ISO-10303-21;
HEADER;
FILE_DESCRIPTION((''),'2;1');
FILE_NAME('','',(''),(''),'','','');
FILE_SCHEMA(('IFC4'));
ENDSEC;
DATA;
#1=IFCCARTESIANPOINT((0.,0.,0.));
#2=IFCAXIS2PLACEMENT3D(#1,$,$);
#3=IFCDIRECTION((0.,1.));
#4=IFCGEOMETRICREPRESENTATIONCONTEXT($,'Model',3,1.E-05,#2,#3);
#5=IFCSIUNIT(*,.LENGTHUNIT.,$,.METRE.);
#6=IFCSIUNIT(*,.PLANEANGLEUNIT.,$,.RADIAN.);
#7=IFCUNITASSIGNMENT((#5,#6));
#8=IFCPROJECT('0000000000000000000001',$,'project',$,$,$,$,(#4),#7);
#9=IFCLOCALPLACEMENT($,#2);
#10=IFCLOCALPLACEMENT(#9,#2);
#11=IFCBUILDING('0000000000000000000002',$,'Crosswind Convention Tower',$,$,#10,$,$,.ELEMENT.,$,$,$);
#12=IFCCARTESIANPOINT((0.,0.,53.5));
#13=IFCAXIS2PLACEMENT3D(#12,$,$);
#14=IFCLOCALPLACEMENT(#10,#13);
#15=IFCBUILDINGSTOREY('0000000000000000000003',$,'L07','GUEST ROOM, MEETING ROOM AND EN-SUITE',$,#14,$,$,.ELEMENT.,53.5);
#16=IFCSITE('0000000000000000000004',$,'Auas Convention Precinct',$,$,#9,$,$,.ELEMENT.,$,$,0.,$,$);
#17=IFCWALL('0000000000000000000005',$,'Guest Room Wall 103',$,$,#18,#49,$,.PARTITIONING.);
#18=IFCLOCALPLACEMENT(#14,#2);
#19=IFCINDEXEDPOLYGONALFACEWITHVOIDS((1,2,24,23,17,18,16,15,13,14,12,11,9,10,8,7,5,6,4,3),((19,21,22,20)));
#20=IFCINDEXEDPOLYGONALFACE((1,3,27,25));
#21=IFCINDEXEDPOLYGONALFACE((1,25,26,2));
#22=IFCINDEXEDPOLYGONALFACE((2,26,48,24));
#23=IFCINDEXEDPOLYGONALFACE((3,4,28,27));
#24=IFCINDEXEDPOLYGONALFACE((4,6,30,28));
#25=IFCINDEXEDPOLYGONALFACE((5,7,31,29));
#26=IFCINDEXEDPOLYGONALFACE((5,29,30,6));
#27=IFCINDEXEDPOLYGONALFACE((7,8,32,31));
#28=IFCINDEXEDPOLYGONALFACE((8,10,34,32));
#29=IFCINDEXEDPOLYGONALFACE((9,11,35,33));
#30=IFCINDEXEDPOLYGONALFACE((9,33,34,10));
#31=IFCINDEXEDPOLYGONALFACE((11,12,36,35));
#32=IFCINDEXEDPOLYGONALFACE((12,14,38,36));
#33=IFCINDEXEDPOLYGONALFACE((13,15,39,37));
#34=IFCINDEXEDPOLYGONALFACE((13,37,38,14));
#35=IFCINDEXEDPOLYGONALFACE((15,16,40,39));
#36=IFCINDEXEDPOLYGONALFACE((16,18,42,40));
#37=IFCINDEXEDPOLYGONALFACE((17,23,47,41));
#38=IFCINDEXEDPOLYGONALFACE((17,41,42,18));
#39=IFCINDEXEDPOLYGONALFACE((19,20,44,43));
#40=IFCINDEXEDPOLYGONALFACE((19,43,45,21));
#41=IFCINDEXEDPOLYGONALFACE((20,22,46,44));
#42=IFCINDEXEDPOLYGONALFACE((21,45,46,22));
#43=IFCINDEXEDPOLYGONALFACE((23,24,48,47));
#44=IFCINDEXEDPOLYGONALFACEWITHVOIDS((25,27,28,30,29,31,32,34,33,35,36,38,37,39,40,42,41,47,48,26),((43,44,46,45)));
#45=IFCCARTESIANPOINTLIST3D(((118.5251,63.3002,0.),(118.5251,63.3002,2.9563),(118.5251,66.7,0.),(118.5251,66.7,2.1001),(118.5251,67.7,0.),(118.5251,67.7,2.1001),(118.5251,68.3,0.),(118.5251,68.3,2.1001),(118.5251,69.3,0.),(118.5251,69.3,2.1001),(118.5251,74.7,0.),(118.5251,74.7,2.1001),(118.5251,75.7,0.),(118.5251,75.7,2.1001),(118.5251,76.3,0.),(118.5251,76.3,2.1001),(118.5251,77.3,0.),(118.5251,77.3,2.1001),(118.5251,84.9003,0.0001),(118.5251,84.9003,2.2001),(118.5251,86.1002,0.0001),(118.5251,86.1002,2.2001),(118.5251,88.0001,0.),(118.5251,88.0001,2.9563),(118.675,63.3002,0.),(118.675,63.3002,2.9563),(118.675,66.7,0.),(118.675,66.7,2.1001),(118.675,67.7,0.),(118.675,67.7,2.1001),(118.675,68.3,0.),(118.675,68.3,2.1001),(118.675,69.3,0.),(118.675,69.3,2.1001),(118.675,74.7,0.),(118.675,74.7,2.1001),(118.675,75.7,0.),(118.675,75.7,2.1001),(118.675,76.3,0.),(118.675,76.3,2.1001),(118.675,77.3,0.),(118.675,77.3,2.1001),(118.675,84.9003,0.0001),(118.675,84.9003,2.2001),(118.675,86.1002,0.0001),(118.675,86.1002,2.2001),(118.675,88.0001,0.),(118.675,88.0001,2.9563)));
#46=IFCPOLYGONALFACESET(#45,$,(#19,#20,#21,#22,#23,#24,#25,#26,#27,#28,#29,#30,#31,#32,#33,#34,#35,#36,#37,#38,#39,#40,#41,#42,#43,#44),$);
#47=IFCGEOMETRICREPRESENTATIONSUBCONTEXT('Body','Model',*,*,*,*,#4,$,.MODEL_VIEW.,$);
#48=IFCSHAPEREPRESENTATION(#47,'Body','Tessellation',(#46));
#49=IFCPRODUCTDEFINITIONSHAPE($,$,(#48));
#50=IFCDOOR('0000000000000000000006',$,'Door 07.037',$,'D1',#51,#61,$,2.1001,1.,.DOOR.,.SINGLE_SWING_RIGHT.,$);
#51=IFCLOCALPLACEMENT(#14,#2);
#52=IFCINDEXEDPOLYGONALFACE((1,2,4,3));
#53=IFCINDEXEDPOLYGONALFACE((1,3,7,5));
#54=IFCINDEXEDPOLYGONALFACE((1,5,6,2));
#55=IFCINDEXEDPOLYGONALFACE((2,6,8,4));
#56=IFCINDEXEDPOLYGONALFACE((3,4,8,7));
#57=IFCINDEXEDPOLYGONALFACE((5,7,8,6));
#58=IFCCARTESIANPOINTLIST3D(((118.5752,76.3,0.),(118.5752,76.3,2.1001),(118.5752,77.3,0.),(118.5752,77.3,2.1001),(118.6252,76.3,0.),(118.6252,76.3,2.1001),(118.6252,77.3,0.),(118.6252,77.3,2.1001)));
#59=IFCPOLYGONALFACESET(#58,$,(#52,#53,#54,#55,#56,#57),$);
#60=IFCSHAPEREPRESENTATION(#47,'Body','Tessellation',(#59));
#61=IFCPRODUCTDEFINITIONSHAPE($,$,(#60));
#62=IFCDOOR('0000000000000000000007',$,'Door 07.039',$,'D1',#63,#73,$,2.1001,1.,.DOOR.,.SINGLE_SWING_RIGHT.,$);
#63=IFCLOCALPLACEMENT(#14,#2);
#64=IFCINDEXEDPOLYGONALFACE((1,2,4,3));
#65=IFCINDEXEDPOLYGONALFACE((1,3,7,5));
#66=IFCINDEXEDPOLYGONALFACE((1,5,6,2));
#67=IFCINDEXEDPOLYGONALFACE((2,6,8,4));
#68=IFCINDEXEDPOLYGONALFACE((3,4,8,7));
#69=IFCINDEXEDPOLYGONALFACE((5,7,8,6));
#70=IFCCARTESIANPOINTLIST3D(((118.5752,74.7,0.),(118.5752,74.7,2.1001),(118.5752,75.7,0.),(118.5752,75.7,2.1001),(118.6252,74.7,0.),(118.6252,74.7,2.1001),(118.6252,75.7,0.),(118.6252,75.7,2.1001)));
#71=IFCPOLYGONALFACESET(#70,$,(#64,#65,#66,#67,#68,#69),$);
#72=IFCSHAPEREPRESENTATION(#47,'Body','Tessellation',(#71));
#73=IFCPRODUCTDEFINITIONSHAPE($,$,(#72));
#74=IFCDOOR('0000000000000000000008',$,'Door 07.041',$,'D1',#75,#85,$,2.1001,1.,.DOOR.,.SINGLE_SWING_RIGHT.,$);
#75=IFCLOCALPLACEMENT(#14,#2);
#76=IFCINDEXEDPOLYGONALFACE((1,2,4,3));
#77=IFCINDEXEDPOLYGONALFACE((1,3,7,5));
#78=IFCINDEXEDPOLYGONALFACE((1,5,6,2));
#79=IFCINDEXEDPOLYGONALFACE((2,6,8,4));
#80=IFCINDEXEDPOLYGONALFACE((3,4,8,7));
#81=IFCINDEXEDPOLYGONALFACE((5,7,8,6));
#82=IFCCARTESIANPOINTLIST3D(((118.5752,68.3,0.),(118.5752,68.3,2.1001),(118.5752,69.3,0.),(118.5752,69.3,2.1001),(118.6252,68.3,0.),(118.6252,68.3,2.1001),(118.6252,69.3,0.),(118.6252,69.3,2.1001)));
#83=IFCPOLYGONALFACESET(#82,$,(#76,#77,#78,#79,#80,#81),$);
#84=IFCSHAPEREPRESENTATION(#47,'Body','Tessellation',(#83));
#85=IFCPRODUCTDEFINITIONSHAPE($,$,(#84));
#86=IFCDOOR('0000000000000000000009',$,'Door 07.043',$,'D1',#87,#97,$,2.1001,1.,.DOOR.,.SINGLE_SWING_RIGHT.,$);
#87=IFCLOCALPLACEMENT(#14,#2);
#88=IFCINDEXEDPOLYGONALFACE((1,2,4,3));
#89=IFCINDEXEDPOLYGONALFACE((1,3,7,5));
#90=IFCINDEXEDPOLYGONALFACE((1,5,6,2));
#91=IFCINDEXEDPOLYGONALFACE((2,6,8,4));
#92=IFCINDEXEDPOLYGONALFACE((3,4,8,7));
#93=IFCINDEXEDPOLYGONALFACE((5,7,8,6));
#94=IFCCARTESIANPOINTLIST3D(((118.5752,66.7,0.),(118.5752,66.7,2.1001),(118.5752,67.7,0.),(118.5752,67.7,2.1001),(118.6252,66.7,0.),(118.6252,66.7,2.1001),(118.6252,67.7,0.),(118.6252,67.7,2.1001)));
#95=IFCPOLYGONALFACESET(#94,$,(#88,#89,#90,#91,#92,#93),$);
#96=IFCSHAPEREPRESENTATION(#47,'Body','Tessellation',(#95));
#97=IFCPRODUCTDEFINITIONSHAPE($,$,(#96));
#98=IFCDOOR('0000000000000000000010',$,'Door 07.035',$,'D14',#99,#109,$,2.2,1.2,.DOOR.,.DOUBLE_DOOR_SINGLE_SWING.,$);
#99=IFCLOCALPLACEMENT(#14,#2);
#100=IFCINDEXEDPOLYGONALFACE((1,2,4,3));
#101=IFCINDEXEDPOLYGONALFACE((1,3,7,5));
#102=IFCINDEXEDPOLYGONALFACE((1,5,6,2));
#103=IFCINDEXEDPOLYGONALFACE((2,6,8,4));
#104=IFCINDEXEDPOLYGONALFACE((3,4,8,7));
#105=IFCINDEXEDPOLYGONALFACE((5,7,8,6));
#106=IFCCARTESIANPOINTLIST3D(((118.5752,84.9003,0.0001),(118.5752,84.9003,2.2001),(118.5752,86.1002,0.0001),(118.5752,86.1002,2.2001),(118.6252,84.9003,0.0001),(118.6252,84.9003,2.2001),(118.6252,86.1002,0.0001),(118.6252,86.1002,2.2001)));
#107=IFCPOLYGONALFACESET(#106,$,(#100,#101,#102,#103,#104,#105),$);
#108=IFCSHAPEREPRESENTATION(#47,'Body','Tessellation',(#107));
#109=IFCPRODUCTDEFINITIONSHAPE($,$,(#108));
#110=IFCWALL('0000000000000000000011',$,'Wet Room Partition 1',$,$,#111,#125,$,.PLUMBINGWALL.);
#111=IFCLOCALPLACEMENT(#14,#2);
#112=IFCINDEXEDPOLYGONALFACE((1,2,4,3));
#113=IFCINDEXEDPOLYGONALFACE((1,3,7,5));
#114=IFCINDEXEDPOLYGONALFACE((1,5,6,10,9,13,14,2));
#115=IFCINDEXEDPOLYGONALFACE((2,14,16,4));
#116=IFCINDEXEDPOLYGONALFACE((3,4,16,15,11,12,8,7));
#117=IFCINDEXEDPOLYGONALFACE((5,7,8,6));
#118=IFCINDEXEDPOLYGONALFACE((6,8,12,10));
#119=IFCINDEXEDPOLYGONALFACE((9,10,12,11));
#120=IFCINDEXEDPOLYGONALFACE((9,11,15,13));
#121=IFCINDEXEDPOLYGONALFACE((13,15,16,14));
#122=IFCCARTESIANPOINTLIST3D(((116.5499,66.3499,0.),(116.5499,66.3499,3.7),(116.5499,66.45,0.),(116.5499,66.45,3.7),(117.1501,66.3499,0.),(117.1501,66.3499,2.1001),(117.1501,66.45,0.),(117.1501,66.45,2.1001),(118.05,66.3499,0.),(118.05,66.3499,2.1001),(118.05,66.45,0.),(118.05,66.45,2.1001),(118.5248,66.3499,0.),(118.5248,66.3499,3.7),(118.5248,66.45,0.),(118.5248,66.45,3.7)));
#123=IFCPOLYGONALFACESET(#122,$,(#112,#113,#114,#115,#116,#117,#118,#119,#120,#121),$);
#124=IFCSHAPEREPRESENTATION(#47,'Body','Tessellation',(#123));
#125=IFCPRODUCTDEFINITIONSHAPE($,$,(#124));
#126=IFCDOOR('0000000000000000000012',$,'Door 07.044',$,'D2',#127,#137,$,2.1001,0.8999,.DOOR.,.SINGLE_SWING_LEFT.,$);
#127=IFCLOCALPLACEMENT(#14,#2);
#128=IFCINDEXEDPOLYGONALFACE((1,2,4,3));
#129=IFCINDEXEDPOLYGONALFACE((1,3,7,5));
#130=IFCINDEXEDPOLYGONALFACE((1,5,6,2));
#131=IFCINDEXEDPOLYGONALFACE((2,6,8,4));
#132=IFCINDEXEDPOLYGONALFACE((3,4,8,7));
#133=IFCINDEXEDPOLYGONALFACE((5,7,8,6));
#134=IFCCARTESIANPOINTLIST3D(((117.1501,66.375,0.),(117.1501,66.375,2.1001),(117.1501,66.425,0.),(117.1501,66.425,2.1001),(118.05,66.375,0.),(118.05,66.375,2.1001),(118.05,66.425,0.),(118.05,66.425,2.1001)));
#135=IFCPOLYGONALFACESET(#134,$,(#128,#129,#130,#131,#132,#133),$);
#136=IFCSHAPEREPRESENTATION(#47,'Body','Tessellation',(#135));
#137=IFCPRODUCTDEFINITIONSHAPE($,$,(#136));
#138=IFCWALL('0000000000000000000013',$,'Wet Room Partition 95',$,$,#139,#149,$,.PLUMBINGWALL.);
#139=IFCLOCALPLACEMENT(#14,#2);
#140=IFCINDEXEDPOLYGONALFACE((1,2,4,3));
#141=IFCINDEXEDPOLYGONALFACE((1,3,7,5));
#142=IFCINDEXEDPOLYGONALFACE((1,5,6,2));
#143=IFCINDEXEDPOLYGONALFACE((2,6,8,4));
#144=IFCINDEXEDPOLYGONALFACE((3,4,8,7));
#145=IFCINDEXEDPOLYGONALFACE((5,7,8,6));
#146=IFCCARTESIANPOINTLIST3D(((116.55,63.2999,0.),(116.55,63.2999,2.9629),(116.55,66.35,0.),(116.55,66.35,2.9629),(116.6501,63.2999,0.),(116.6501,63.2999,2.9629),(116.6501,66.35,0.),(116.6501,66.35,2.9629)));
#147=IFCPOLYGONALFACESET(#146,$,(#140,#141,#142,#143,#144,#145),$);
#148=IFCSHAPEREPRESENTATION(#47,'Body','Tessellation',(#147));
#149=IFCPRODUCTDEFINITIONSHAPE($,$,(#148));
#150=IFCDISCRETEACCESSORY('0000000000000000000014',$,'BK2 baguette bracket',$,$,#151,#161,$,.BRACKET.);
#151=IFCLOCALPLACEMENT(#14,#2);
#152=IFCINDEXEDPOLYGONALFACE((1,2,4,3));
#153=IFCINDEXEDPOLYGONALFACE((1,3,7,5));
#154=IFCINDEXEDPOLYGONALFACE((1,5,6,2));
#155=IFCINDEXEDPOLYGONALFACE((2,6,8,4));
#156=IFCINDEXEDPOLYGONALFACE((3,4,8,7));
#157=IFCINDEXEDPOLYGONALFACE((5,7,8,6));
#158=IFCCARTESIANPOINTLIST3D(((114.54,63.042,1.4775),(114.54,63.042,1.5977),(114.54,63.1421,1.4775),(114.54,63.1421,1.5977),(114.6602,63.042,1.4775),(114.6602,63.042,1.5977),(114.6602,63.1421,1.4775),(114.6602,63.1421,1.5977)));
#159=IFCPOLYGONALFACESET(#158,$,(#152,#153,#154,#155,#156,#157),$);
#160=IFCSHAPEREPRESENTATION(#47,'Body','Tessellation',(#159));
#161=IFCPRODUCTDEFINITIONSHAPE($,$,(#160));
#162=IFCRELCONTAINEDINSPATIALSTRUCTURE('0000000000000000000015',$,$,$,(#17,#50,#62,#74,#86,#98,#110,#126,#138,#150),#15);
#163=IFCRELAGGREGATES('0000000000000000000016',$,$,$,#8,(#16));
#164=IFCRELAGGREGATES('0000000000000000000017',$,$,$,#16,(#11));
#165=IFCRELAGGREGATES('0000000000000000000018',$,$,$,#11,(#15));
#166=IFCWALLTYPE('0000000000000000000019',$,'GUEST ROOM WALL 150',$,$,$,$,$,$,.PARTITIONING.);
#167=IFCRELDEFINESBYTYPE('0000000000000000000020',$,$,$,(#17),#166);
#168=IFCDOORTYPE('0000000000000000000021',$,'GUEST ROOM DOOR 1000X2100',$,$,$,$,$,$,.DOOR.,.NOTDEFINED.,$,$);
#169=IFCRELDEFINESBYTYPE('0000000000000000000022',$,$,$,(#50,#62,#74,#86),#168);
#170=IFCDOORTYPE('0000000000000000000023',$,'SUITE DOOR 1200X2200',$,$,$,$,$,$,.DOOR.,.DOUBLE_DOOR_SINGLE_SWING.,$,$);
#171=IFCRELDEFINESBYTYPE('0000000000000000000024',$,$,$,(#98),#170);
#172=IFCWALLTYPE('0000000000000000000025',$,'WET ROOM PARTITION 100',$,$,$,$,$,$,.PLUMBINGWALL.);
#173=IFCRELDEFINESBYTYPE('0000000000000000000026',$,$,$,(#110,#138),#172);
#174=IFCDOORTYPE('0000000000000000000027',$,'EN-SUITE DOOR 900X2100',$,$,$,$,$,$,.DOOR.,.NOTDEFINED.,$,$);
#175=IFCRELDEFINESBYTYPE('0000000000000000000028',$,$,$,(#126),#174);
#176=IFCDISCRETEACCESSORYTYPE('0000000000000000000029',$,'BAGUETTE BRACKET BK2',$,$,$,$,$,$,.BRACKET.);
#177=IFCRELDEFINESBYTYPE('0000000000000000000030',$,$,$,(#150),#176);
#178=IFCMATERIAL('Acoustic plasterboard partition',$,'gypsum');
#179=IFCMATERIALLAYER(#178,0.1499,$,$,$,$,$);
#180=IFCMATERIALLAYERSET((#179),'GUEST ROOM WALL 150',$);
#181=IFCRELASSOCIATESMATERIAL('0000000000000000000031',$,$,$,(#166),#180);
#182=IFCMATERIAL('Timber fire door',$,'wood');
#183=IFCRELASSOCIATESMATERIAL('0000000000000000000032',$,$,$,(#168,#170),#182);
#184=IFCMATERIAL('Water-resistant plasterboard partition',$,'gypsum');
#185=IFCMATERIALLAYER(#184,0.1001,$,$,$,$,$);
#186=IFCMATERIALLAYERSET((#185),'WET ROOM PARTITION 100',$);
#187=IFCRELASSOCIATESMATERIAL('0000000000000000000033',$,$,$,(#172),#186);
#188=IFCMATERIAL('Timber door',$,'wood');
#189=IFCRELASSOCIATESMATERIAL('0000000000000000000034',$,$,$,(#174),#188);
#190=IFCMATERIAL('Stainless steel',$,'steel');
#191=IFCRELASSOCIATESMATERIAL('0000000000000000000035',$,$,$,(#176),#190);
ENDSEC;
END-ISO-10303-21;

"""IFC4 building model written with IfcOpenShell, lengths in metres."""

from ifc_helpers import new_model, si_unit, direction, frame, frame_2d, origin, origin_2d, place, context, subcontext, project, spatial, rectangle, extrude, material, layer, layer_set, type_object, element, fill, save


model = new_model("IFC4")

# Units and contexts
model_context = context("Model", 3, precision=1e-05, world=origin(), true_north=direction((0.0, 1.0)))
body_context = subcontext(model_context, "Body", "Model", "MODEL_VIEW")
ifc_project = project(units=[si_unit("LENGTHUNIT", "METRE"), si_unit("PLANEANGLEUNIT", "RADIAN")], contexts=[model_context])

# Site, building, storey
site_placement = place(None, origin())
site = spatial("IfcSite", under=ifc_project, at=site_placement, Name="Auas Convention Precinct", CompositionType="ELEMENT", RefElevation=0.0)
building_placement = place(site_placement, origin())
building = spatial("IfcBuilding", under=site, at=building_placement, Name="Crosswind Convention Tower", CompositionType="ELEMENT")
storey_placement = place(building_placement, frame((0.0, 0.0, 53.5)))
storey = spatial("IfcBuildingStorey", under=building, at=storey_placement, Name="L07", Description="GUEST ROOM, MEETING ROOM AND EN-SUITE", CompositionType="ELEMENT", Elevation=53.5)

# Wall, openings, doors
ifc_material_1 = material(Name="Timber fire door", Category="wood")
ifc_material_2 = material(Name="Acoustic plasterboard partition", Category="gypsum")
ifc_layer_1 = layer(ifc_material_2, 0.1499)
ifc_layer_set_1 = layer_set([ifc_layer_1], Name="GUEST ROOM WALL 150")
wall_type_1 = type_object("IfcWallType", Name="GUEST ROOM WALL 150", PredefinedType="PARTITIONING", material=ifc_layer_set_1)
wall_1_placement = place(storey_placement, frame((118.6001, 63.3, 0.0), z_axis=(0.0, 0.0, 1.0), x_axis=(0.0, 1.0, 0.0)))
wall_1 = element("IfcWall", 1, at=wall_1_placement, inside=storey, type_object=wall_type_1, Name="Guest Room Wall 103", PredefinedType="PARTITIONING", context=body_context, shape_type="SweptSolid", body=[
    extrude(rectangle(XDim=24.7, YDim=0.1499, at=frame_2d((12.3501, 0.0))), origin(), (0.0, 0.0, 1.0), 2.9563),
])
opening_1_placement = place(wall_1_placement, frame((21.6001, 0.0, 0.0)))
opening_1 = element("IfcOpeningElement", 2, at=opening_1_placement, cuts=wall_1, PredefinedType="OPENING", context=body_context, shape_type="SweptSolid", body=[
    extrude(rectangle(XDim=1.2, YDim=2.2, at=frame_2d((0.6001, 1.1001))), frame((0.0, 0.085, 0.0), z_axis=(0.0, -1.0, 0.0), x_axis=(1.0, 0.0, 0.0)), (0.0, 0.0, 1.0), 0.1699),
])
opening_2_placement = place(wall_1_placement, frame((13.0, 0.0, 0.0)))
opening_2 = element("IfcOpeningElement", 3, at=opening_2_placement, cuts=wall_1, PredefinedType="OPENING", context=body_context, shape_type="SweptSolid", body=[
    extrude(rectangle(XDim=1.0, YDim=2.1001, at=frame_2d((0.5, 1.05))), frame((0.0, 0.085, 0.0), z_axis=(0.0, -1.0, 0.0), x_axis=(1.0, 0.0, 0.0)), (0.0, 0.0, 1.0), 0.1699),
])
opening_3_placement = place(wall_1_placement, frame((11.3999, 0.0, 0.0)))
opening_3 = element("IfcOpeningElement", 4, at=opening_3_placement, cuts=wall_1, PredefinedType="OPENING", context=body_context, shape_type="SweptSolid", body=[
    extrude(rectangle(XDim=1.0, YDim=2.1001, at=frame_2d((0.5, 1.05))), frame((0.0, 0.085, 0.0), z_axis=(0.0, -1.0, 0.0), x_axis=(1.0, 0.0, 0.0)), (0.0, 0.0, 1.0), 0.1699),
])
opening_4_placement = place(wall_1_placement, frame((5.0, 0.0, 0.0)))
opening_4 = element("IfcOpeningElement", 5, at=opening_4_placement, cuts=wall_1, PredefinedType="OPENING", context=body_context, shape_type="SweptSolid", body=[
    extrude(rectangle(XDim=1.0, YDim=2.1001, at=frame_2d((0.5, 1.05))), frame((0.0, 0.085, 0.0), z_axis=(0.0, -1.0, 0.0), x_axis=(1.0, 0.0, 0.0)), (0.0, 0.0, 1.0), 0.1699),
])
opening_5_placement = place(wall_1_placement, frame((3.3999, 0.0, 0.0)))
opening_5 = element("IfcOpeningElement", 6, at=opening_5_placement, cuts=wall_1, PredefinedType="OPENING", context=body_context, shape_type="SweptSolid", body=[
    extrude(rectangle(XDim=1.0, YDim=2.1001, at=frame_2d((0.5, 1.05))), frame((0.0, 0.085, 0.0), z_axis=(0.0, -1.0, 0.0), x_axis=(1.0, 0.0, 0.0)), (0.0, 0.0, 1.0), 0.1699),
])
door_type_1 = type_object("IfcDoorType", Name="GUEST ROOM DOOR 1000X2100", OperationType="NOTDEFINED", PredefinedType="DOOR", material=ifc_material_1)
door_1_placement = place(opening_2_placement, origin())
door_1 = element("IfcDoor", 7, at=door_1_placement, inside=storey, type_object=door_type_1, Name="Door 07.037", ObjectType="D1", OperationType="SINGLE_SWING_RIGHT", OverallHeight=2.1001, OverallWidth=1.0, PredefinedType="DOOR", context=body_context, shape_type="SweptSolid", body=[
    extrude(rectangle(XDim=1.0, YDim=2.1001, at=frame_2d((0.5, 1.05))), frame((0.0, 0.0249, 0.0), z_axis=(0.0, -1.0, 0.0), x_axis=(1.0, 0.0, 0.0)), (0.0, 0.0, 1.0), 0.05),
])
fill(opening_2, door_1)
door_2_placement = place(opening_3_placement, origin())
door_2 = element("IfcDoor", 8, at=door_2_placement, inside=storey, type_object=door_type_1, Name="Door 07.039", ObjectType="D1", OperationType="SINGLE_SWING_RIGHT", OverallHeight=2.1001, OverallWidth=1.0, PredefinedType="DOOR", context=body_context, shape_type="SweptSolid", body=[
    extrude(rectangle(XDim=1.0, YDim=2.1001, at=frame_2d((0.5, 1.05))), frame((0.0, 0.0249, 0.0), z_axis=(0.0, -1.0, 0.0), x_axis=(1.0, 0.0, 0.0)), (0.0, 0.0, 1.0), 0.05),
])
fill(opening_3, door_2)
door_3_placement = place(opening_4_placement, origin())
door_3 = element("IfcDoor", 9, at=door_3_placement, inside=storey, type_object=door_type_1, Name="Door 07.041", ObjectType="D1", OperationType="SINGLE_SWING_RIGHT", OverallHeight=2.1001, OverallWidth=1.0, PredefinedType="DOOR", context=body_context, shape_type="SweptSolid", body=[
    extrude(rectangle(XDim=1.0, YDim=2.1001, at=frame_2d((0.5, 1.05))), frame((0.0, 0.0249, 0.0), z_axis=(0.0, -1.0, 0.0), x_axis=(1.0, 0.0, 0.0)), (0.0, 0.0, 1.0), 0.05),
])
fill(opening_4, door_3)
door_4_placement = place(opening_5_placement, origin())
door_4 = element("IfcDoor", 10, at=door_4_placement, inside=storey, type_object=door_type_1, Name="Door 07.043", ObjectType="D1", OperationType="SINGLE_SWING_RIGHT", OverallHeight=2.1001, OverallWidth=1.0, PredefinedType="DOOR", context=body_context, shape_type="SweptSolid", body=[
    extrude(rectangle(XDim=1.0, YDim=2.1001, at=frame_2d((0.5, 1.05))), frame((0.0, 0.0249, 0.0), z_axis=(0.0, -1.0, 0.0), x_axis=(1.0, 0.0, 0.0)), (0.0, 0.0, 1.0), 0.05),
])
fill(opening_5, door_4)
door_type_2 = type_object("IfcDoorType", Name="SUITE DOOR 1200X2200", OperationType="DOUBLE_DOOR_SINGLE_SWING", PredefinedType="DOOR", material=ifc_material_1)
door_5_placement = place(opening_1_placement, origin())
door_5 = element("IfcDoor", 11, at=door_5_placement, inside=storey, type_object=door_type_2, Name="Door 07.035", ObjectType="D14", OperationType="DOUBLE_DOOR_SINGLE_SWING", OverallHeight=2.2, OverallWidth=1.2, PredefinedType="DOOR", context=body_context, shape_type="SweptSolid", body=[
    extrude(rectangle(XDim=1.2, YDim=2.2, at=frame_2d((0.6001, 1.1001))), frame((0.0, 0.0249, 0.0), z_axis=(0.0, -1.0, 0.0), x_axis=(1.0, 0.0, 0.0)), (0.0, 0.0, 1.0), 0.05),
])
fill(opening_1, door_5)

# Wall, opening, door
ifc_material_3 = material(Name="Water-resistant plasterboard partition", Category="gypsum")
ifc_layer_2 = layer(ifc_material_3, 0.1001)
ifc_layer_set_2 = layer_set([ifc_layer_2], Name="WET ROOM PARTITION 100")
wall_type_2 = type_object("IfcWallType", Name="WET ROOM PARTITION 100", PredefinedType="PLUMBINGWALL", material=ifc_layer_set_2)
wall_2_placement = place(storey_placement, frame((116.55, 66.3999, 0.0), z_axis=(0.0, 0.0, 1.0), x_axis=(1.0, 0.0, 0.0)))
wall_2 = element("IfcWall", 12, at=wall_2_placement, inside=storey, type_object=wall_type_2, Name="Wet Room Partition 1", PredefinedType="PLUMBINGWALL", context=body_context, shape_type="SweptSolid", body=[
    extrude(rectangle(XDim=1.9749, YDim=0.1001, at=frame_2d((0.9873, 0.0))), origin(), (0.0, 0.0, 1.0), 3.7),
])
opening_6_placement = place(wall_2_placement, frame((0.6001, 0.0, 0.0)))
opening_6 = element("IfcOpeningElement", 13, at=opening_6_placement, cuts=wall_2, PredefinedType="OPENING", context=body_context, shape_type="SweptSolid", body=[
    extrude(rectangle(XDim=0.8999, YDim=2.1001, at=frame_2d((0.45, 1.05))), frame((0.0, 0.0601, 0.0), z_axis=(0.0, -1.0, 0.0), x_axis=(1.0, 0.0, 0.0)), (0.0, 0.0, 1.0), 0.1201),
])
ifc_material_4 = material(Name="Timber door", Category="wood")
door_type_3 = type_object("IfcDoorType", Name="EN-SUITE DOOR 900X2100", OperationType="NOTDEFINED", PredefinedType="DOOR", material=ifc_material_4)
door_6_placement = place(opening_6_placement, frame((0.8999, 0.0, 0.0), z_axis=(0.0, 0.0, 1.0), x_axis=(-1.0, 0.0, 0.0)))
door_6 = element("IfcDoor", 14, at=door_6_placement, inside=storey, type_object=door_type_3, Name="Door 07.044", ObjectType="D2", OperationType="SINGLE_SWING_LEFT", OverallHeight=2.1001, OverallWidth=0.8999, PredefinedType="DOOR", context=body_context, shape_type="SweptSolid", body=[
    extrude(rectangle(XDim=0.8999, YDim=2.1001, at=frame_2d((0.45, 1.05))), frame((0.0, 0.0249, 0.0), z_axis=(0.0, -1.0, 0.0), x_axis=(1.0, 0.0, 0.0)), (0.0, 0.0, 1.0), 0.05),
])
fill(opening_6, door_6)

# Wall
wall_3_placement = place(storey_placement, frame((116.6001, 63.3, 0.0), z_axis=(0.0, 0.0, 1.0), x_axis=(0.0, 1.0, 0.0)))
element("IfcWall", 15, at=wall_3_placement, inside=storey, type_object=wall_type_2, Name="Wet Room Partition 95", PredefinedType="PLUMBINGWALL", context=body_context, shape_type="SweptSolid", body=[
    extrude(rectangle(XDim=3.05, YDim=0.1001, at=frame_2d((1.5249, 0.0))), origin(), (0.0, 0.0, 1.0), 2.9629),
])

# Discrete accessory
ifc_material_5 = material(Name="Stainless steel", Category="steel")
discrete_accessory_type = type_object("IfcDiscreteAccessoryType", Name="BAGUETTE BRACKET BK2", PredefinedType="BRACKET", material=ifc_material_5)
discrete_accessory_placement = place(storey_placement, frame((114.6001, 63.092, 1.4775), z_axis=(0.0, 0.0, 1.0), x_axis=(1.0, 0.0, 0.0)))
element("IfcDiscreteAccessory", 16, at=discrete_accessory_placement, inside=storey, type_object=discrete_accessory_type, Name="BK2 baguette bracket", PredefinedType="BRACKET", context=body_context, shape_type="SweptSolid", body=[
    extrude(rectangle(XDim=0.1201, YDim=0.1001, at=origin_2d()), origin(), (0.0, 0.0, 1.0), 0.1201),
])

save(model, "model.ifc")
